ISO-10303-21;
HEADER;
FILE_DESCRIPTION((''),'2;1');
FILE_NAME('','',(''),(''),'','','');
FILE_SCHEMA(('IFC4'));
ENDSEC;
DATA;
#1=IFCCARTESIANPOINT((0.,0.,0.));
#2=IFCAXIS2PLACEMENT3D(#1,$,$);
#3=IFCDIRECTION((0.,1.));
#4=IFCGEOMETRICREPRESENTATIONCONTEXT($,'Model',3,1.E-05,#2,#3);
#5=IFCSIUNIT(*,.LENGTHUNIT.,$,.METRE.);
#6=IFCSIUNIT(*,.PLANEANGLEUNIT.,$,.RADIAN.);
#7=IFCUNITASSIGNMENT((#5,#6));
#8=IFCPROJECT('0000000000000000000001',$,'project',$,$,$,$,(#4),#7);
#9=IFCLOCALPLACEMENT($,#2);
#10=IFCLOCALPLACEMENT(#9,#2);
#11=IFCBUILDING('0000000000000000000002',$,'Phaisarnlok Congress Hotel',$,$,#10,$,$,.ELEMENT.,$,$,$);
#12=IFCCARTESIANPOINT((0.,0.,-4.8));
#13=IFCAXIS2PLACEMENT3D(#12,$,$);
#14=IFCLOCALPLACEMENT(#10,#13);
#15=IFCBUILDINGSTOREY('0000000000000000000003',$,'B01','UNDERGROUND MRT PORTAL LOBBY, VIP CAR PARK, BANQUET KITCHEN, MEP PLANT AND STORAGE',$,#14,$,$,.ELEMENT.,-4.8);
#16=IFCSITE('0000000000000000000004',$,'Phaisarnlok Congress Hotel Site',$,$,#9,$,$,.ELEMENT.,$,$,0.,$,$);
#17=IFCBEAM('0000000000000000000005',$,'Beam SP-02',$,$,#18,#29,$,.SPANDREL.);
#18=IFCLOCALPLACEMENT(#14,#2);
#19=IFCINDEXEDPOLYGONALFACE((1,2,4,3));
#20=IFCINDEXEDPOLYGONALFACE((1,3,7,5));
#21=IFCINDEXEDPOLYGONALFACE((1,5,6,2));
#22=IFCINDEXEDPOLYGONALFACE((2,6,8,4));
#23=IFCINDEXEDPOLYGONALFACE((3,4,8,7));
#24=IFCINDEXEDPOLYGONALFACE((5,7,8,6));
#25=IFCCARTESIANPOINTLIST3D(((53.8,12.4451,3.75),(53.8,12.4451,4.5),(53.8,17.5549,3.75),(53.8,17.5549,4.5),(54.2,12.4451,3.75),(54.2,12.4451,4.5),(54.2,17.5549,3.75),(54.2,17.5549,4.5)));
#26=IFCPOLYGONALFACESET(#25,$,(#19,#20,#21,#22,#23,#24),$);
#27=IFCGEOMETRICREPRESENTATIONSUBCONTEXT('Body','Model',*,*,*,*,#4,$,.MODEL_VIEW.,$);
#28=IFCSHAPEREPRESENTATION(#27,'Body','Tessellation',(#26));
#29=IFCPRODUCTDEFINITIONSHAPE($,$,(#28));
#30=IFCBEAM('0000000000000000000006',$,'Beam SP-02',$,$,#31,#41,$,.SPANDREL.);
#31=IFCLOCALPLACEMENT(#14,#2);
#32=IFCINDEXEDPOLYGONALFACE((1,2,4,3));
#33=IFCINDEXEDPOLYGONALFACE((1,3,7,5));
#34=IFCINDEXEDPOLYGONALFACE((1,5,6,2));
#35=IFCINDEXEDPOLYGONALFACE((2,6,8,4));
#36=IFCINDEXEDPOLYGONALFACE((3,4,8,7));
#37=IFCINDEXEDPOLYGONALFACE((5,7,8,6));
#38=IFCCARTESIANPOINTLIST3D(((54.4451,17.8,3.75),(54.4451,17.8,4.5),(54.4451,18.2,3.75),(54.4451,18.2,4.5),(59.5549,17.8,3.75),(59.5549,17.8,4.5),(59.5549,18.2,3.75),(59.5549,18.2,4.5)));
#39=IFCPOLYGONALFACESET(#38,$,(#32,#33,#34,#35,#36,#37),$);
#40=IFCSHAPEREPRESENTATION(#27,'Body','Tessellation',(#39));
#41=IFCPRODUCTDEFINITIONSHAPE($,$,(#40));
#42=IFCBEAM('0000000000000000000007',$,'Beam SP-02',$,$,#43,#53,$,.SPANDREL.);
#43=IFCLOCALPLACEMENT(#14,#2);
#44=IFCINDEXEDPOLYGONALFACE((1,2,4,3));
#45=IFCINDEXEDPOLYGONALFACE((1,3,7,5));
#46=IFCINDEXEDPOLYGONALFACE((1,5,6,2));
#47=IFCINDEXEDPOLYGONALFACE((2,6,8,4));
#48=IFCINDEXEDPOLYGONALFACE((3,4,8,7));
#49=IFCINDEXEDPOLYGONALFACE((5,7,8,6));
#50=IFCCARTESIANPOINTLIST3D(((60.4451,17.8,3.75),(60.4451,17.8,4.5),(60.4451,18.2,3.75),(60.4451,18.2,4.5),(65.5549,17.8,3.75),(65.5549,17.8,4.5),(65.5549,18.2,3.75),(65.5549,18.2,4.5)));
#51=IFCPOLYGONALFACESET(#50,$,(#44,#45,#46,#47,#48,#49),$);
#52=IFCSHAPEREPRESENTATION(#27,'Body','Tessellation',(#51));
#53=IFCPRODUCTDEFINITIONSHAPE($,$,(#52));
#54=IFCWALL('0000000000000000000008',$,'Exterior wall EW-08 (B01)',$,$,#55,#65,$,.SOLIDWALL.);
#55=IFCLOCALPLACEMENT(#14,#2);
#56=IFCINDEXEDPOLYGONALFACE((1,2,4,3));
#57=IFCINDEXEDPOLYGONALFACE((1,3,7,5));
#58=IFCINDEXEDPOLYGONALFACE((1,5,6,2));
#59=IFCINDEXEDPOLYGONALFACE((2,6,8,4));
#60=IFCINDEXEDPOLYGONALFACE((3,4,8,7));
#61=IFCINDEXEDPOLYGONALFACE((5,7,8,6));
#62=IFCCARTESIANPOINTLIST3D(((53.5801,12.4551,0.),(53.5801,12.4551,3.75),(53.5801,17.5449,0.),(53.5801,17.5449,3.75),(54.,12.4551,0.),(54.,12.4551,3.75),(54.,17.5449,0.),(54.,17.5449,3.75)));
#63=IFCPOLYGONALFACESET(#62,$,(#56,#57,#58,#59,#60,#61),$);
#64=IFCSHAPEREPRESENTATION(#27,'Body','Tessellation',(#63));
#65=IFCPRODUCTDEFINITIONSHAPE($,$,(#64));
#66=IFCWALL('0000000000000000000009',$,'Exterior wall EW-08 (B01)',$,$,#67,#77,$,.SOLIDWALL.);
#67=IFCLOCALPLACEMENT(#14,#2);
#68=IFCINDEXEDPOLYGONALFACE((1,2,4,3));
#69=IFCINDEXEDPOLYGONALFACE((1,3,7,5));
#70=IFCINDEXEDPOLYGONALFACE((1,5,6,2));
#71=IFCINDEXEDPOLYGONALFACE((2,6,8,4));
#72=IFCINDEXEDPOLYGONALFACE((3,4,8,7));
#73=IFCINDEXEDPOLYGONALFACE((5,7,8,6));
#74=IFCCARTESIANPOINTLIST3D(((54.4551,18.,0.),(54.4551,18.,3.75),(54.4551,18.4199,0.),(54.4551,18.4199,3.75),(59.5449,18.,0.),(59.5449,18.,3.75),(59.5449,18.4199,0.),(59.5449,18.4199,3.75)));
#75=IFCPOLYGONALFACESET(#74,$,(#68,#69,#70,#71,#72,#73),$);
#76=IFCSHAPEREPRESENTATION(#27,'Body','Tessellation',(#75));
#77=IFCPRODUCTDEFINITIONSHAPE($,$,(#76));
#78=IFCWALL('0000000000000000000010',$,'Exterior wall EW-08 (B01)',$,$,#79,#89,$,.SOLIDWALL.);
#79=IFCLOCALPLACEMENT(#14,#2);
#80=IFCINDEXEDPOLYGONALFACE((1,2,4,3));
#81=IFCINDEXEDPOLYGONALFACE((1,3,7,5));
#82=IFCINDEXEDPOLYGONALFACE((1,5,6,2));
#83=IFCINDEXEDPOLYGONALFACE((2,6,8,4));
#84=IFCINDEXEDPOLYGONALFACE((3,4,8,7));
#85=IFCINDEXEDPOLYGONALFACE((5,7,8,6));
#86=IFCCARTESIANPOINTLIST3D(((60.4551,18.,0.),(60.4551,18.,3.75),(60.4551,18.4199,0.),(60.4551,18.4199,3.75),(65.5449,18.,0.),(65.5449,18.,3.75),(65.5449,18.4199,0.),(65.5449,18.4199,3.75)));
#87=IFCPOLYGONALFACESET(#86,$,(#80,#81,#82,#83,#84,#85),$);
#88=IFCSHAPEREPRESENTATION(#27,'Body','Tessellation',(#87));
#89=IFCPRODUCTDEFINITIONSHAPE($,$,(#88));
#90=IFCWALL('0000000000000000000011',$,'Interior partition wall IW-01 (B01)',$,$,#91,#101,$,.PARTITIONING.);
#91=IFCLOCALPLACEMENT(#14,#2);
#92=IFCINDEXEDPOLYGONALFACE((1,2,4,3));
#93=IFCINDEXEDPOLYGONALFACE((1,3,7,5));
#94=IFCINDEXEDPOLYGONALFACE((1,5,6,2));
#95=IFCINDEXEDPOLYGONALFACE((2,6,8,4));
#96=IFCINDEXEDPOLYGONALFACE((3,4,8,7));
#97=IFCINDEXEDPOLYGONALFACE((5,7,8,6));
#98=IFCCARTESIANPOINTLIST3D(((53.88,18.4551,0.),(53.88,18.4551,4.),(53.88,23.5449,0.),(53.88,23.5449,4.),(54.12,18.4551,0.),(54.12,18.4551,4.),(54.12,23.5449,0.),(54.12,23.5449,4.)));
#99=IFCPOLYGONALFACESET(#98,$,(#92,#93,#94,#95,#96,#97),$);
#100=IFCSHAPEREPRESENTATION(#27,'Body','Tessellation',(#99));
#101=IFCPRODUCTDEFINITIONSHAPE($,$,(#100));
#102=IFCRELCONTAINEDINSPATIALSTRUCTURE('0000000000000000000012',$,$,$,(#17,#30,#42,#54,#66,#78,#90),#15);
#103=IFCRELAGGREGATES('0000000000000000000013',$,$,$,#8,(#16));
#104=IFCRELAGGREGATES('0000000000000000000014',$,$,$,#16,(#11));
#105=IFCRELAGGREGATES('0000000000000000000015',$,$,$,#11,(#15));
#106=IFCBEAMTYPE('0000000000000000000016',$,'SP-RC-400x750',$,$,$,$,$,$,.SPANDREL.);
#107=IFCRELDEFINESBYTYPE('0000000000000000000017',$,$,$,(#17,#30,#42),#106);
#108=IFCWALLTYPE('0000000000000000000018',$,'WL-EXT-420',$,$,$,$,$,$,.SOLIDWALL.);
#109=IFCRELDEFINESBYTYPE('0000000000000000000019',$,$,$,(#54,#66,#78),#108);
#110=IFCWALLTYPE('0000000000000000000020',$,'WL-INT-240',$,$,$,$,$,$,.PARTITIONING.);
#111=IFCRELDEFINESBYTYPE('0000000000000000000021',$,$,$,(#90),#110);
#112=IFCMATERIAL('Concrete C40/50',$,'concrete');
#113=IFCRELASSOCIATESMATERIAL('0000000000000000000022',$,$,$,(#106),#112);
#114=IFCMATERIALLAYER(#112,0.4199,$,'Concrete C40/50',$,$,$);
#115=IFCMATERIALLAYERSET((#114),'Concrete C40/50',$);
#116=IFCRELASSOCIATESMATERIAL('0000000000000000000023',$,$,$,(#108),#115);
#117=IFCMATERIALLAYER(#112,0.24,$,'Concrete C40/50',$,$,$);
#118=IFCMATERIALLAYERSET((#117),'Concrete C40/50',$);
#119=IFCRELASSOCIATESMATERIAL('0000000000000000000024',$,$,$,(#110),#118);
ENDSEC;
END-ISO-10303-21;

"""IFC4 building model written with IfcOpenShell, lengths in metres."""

from ifc_helpers import new_model, si_unit, direction, frame, frame_2d, origin, origin_2d, place, context, subcontext, project, spatial, rectangle, extrude, material, layer, layer_set, material_profile, profile_set, type_object, element, save


model = new_model("IFC4")

# Units and contexts
model_context = context("Model", 3, precision=1e-05, world=origin(), true_north=direction((0.0, 1.0)))
body_context = subcontext(model_context, "Body", "Model", "MODEL_VIEW")
ifc_project = project(units=[si_unit("LENGTHUNIT", "METRE"), si_unit("PLANEANGLEUNIT", "RADIAN")], contexts=[model_context])

# Site, building, storey
site_placement = place(None, origin())
site = spatial("IfcSite", under=ifc_project, at=site_placement, Name="Phaisarnlok Congress Hotel Site", CompositionType="ELEMENT", RefElevation=0.0)
building_placement = place(site_placement, origin())
building = spatial("IfcBuilding", under=site, at=building_placement, Name="Phaisarnlok Congress Hotel", CompositionType="ELEMENT")
storey_placement = place(building_placement, frame((0.0, 0.0, -4.8)))
storey = spatial("IfcBuildingStorey", under=building, at=storey_placement, Name="B01", Description="UNDERGROUND MRT PORTAL LOBBY, VIP CAR PARK, BANQUET KITCHEN, MEP PLANT AND STORAGE", CompositionType="ELEMENT", Elevation=-4.8)

# Shared definitions
ifc_material_1 = material(Name="Concrete C40/50", Category="concrete")

# Beams
ifc_material_profile_1 = material_profile(ifc_material_1, rectangle(XDim=0.3999, YDim=0.75, at=origin_2d()), Name="RC 400x750")
ifc_profile_set_1 = profile_set([ifc_material_profile_1], Name="Concrete C40/50")
beam_type_1 = type_object("IfcBeamType", Name="SP-RC-400x750", PredefinedType="SPANDREL", material=ifc_profile_set_1)
for number, where, z_axis, x_axis, name in (
    (1, (54.0, 12.4451, 4.125), (0.0, 1.0, 0.0), (-1.0, 0.0, 0.0), "Beam SP-02"),
    (2, (54.4451, 18.0, 4.125), (1.0, 0.0, 0.0), (0.0, 1.0, 0.0), "Beam SP-02"),
    (3, (60.4451, 18.0, 4.125), (1.0, 0.0, 0.0), (0.0, 1.0, 0.0), "Beam SP-02"),
):
    element("IfcBeam", number, at=place(storey_placement, frame(where, z_axis=z_axis, x_axis=x_axis)), inside=storey, type_object=beam_type_1, Name=name, PredefinedType="SPANDREL", context=body_context, shape_type="SweptSolid", body=[
        extrude(rectangle(XDim=0.3999, YDim=0.75, at=origin_2d()), origin(), (0.0, 0.0, 1.0), 5.1099),
    ])

# Walls
ifc_layer_1 = layer(ifc_material_1, 0.4199, Name="Concrete C40/50")
ifc_layer_set_1 = layer_set([ifc_layer_1], Name="Concrete C40/50")
wall_type_1 = type_object("IfcWallType", Name="WL-EXT-420", PredefinedType="SOLIDWALL", material=ifc_layer_set_1)
for number, where, z_axis, x_axis, name in (
    (4, (53.79, 12.4551, 0.0), (0.0, 0.0, 1.0), (0.0, 1.0, 0.0), "Exterior wall EW-08 (B01)"),
    (5, (54.4551, 18.21, 0.0), (0.0, 0.0, 1.0), (1.0, 0.0, 0.0), "Exterior wall EW-08 (B01)"),
    (6, (60.4551, 18.21, 0.0), (0.0, 0.0, 1.0), (1.0, 0.0, 0.0), "Exterior wall EW-08 (B01)"),
):
    element("IfcWall", number, at=place(storey_placement, frame(where, z_axis=z_axis, x_axis=x_axis)), inside=storey, type_object=wall_type_1, Name=name, PredefinedType="SOLIDWALL", context=body_context, shape_type="SweptSolid", body=[
        extrude(rectangle(XDim=5.0898, YDim=0.4199, at=frame_2d((2.5449, 0.0))), origin(), (0.0, 0.0, 1.0), 3.75),
    ])
ifc_layer_2 = layer(ifc_material_1, 0.24, Name="Concrete C40/50")
ifc_layer_set_2 = layer_set([ifc_layer_2], Name="Concrete C40/50")
wall_type_2 = type_object("IfcWallType", Name="WL-INT-240", PredefinedType="PARTITIONING", material=ifc_layer_set_2)
wall_placement = place(storey_placement, frame((54.0, 18.4551, 0.0), z_axis=(0.0, 0.0, 1.0), x_axis=(0.0, 1.0, 0.0)))
element("IfcWall", 7, at=wall_placement, inside=storey, type_object=wall_type_2, Name="Interior partition wall IW-01 (B01)", PredefinedType="PARTITIONING", context=body_context, shape_type="SweptSolid", body=[
    extrude(rectangle(XDim=5.0898, YDim=0.24, at=frame_2d((2.5449, 0.0))), origin(), (0.0, 0.0, 1.0), 4.0),
])

save(model, "model.ifc")
